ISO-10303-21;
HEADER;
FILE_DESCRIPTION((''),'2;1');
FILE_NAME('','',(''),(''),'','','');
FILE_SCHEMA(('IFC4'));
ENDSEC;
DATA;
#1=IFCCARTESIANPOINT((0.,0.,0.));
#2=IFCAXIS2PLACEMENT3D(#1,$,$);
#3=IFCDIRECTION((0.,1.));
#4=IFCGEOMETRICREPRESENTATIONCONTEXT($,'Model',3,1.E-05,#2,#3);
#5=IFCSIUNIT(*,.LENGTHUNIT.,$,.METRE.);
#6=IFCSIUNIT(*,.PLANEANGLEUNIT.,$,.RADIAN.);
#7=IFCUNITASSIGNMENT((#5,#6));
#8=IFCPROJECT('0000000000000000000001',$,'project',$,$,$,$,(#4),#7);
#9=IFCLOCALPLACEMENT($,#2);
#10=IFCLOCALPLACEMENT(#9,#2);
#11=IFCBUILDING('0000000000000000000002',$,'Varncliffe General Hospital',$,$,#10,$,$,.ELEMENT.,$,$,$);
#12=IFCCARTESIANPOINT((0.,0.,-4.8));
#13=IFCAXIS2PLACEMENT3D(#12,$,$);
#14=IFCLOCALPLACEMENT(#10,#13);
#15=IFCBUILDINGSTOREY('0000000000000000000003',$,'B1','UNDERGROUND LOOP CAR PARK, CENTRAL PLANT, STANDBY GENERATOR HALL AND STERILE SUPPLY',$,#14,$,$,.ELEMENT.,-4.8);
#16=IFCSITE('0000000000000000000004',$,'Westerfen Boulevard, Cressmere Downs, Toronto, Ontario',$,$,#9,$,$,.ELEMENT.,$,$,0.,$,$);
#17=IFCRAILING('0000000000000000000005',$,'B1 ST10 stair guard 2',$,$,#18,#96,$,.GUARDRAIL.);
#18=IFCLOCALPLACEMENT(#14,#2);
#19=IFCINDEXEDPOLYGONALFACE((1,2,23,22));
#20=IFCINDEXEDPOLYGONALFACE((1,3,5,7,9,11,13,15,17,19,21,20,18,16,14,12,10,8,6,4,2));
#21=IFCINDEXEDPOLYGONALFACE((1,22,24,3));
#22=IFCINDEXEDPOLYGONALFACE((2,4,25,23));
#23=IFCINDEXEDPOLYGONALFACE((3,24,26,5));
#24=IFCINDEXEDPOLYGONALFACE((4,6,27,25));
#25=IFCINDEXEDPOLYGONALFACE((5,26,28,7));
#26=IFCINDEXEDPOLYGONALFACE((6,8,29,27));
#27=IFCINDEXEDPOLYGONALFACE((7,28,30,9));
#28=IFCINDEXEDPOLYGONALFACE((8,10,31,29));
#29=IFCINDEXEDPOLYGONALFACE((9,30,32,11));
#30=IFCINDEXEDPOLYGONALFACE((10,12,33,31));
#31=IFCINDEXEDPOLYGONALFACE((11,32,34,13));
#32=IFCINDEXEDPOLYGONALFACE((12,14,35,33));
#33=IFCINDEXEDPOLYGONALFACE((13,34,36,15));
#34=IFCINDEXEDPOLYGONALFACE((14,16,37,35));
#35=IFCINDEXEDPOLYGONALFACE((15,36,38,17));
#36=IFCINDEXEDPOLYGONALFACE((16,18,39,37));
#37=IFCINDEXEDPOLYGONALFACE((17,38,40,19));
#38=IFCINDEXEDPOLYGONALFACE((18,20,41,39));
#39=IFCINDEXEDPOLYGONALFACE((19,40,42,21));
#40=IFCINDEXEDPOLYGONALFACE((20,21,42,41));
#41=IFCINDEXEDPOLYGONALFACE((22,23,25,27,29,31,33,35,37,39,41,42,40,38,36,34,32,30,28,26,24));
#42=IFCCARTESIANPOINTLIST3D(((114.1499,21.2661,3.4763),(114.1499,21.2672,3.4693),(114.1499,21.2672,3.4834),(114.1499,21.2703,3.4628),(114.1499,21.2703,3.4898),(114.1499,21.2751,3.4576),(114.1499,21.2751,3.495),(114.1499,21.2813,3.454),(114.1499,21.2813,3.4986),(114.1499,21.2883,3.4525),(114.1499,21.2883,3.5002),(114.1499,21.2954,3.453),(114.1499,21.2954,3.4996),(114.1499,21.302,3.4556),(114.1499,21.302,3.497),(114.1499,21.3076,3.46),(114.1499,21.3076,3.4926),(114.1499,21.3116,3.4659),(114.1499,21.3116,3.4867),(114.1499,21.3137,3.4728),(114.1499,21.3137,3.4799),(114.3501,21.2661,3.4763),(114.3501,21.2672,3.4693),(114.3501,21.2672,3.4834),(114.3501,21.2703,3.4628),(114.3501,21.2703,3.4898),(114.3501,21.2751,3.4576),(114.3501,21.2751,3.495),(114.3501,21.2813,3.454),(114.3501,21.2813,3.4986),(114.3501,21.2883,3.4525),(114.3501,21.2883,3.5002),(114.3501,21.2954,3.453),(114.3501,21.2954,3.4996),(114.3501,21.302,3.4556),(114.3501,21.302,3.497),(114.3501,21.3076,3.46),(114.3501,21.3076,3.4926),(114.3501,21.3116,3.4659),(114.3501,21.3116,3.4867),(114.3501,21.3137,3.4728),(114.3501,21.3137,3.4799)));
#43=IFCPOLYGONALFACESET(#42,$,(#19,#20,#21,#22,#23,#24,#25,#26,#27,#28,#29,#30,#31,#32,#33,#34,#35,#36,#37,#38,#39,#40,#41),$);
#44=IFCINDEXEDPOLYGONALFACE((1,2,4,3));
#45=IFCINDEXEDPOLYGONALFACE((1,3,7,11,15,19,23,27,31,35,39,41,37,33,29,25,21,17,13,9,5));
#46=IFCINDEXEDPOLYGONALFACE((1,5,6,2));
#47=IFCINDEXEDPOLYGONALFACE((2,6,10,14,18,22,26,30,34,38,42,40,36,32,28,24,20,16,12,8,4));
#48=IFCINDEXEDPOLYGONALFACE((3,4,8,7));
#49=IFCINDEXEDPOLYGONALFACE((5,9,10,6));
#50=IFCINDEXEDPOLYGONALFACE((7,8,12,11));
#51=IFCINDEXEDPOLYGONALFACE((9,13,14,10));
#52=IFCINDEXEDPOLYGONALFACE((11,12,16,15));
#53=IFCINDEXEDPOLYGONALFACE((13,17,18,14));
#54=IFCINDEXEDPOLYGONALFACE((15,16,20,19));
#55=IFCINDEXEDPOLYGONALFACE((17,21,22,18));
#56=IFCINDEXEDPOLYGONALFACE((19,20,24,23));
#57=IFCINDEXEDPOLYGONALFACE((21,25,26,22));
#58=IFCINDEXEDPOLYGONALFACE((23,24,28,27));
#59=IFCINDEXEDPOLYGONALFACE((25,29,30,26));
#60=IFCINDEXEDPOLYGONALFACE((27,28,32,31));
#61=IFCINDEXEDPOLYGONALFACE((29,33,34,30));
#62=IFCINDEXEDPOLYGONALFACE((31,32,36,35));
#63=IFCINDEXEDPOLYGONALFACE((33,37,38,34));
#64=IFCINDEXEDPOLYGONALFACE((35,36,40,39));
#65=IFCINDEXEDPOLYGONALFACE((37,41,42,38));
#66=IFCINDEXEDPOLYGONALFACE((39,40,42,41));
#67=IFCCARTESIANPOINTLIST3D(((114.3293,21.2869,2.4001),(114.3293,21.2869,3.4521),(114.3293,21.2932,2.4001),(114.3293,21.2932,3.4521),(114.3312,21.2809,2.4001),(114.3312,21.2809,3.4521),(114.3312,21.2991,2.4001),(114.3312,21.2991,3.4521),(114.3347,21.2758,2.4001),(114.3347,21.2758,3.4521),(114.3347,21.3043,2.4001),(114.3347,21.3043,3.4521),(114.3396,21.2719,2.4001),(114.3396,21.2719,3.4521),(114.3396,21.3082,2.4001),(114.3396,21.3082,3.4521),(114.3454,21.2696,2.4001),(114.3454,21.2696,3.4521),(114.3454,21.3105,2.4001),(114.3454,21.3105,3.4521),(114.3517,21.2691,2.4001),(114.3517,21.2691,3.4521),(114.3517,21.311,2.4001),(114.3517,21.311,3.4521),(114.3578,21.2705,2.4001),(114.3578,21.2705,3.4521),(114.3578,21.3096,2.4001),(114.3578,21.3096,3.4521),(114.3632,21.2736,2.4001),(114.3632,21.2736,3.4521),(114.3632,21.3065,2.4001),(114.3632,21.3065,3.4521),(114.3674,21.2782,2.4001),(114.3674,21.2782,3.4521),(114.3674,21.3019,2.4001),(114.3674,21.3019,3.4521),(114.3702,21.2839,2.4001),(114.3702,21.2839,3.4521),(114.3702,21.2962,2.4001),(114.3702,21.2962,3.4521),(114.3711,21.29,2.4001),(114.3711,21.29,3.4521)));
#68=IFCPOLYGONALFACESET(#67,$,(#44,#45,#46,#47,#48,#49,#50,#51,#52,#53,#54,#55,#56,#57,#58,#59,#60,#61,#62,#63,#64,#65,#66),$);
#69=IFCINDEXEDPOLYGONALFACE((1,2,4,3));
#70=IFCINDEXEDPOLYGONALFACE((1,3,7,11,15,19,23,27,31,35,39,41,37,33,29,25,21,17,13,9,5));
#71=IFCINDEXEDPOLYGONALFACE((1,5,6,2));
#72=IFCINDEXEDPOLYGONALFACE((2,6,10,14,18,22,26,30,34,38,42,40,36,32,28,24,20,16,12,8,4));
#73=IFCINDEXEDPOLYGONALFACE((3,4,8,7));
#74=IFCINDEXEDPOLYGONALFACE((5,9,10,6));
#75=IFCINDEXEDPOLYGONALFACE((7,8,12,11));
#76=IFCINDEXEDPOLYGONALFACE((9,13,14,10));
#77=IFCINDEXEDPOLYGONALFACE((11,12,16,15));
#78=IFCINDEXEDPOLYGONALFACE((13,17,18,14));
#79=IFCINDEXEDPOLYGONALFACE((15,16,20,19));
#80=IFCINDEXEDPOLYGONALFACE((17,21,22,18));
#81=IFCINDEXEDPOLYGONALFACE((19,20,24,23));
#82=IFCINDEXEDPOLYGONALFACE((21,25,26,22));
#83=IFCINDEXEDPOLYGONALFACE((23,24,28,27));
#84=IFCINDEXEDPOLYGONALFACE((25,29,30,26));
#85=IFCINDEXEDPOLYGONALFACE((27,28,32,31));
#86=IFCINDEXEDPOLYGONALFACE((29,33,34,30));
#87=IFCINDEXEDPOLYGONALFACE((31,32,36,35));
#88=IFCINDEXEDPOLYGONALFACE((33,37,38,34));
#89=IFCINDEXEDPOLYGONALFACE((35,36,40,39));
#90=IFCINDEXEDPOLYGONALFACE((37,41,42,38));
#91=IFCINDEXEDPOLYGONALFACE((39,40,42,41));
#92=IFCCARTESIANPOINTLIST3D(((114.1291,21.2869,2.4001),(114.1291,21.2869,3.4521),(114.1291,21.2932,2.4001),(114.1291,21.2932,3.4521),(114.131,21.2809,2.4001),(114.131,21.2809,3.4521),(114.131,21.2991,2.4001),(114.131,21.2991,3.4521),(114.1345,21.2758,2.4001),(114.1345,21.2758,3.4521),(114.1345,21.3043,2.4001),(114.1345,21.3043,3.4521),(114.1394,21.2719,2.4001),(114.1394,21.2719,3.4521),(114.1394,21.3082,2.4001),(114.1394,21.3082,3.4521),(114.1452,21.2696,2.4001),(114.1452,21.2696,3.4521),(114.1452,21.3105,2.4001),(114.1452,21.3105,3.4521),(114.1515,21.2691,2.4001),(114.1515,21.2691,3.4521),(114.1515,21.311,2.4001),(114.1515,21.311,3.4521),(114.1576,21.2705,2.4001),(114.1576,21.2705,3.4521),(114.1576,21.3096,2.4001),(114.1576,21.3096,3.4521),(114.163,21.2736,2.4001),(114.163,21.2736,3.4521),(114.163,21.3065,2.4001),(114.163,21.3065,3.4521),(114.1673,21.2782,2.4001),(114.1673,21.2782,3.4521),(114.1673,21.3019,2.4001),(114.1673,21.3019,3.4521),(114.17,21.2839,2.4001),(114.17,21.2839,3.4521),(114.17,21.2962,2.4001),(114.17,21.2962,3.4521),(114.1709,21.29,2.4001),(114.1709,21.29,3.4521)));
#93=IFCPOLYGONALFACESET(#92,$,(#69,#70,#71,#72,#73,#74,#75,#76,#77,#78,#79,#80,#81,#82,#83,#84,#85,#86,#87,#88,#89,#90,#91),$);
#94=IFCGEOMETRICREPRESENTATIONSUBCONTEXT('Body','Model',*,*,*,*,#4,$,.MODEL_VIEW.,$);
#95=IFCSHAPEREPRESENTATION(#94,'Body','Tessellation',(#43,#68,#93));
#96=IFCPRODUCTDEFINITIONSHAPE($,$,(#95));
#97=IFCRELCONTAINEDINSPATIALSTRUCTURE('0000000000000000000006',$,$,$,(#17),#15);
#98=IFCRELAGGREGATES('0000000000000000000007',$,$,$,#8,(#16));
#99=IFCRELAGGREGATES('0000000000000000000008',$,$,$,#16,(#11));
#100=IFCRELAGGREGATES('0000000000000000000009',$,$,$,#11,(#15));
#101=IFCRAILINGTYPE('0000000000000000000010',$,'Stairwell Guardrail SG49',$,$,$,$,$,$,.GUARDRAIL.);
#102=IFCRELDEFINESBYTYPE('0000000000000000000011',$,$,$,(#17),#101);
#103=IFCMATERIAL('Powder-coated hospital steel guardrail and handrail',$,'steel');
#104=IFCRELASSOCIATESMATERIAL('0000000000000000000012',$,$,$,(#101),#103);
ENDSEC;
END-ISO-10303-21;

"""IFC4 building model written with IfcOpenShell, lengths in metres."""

from ifc_helpers import new_model, si_unit, direction, frame, origin, origin_2d, place, context, subcontext, project, spatial, circle, extrude, material, type_object, element, save


model = new_model("IFC4")

# Units and contexts
model_context = context("Model", 3, precision=1e-05, world=origin(), true_north=direction((0.0, 1.0)))
body_context = subcontext(model_context, "Body", "Model", "MODEL_VIEW")
ifc_project = project(units=[si_unit("LENGTHUNIT", "METRE"), si_unit("PLANEANGLEUNIT", "RADIAN")], contexts=[model_context])

# Site, building, storey
site_placement = place(None, origin())
site = spatial("IfcSite", under=ifc_project, at=site_placement, Name="Westerfen Boulevard, Cressmere Downs, Toronto, Ontario", CompositionType="ELEMENT", RefElevation=0.0)
building_placement = place(site_placement, origin())
building = spatial("IfcBuilding", under=site, at=building_placement, Name="Varncliffe General Hospital", CompositionType="ELEMENT")
storey_placement = place(building_placement, frame((0.0, 0.0, -4.8)))
storey = spatial("IfcBuildingStorey", under=building, at=storey_placement, Name="B1", Description="UNDERGROUND LOOP CAR PARK, CENTRAL PLANT, STANDBY GENERATOR HALL AND STERILE SUPPLY", CompositionType="ELEMENT", Elevation=-4.8)

# Railing
ifc_material_1 = material(Name="Powder-coated hospital steel guardrail and handrail", Category="steel")
railing_type_1 = type_object("IfcRailingType", Name="Stairwell Guardrail SG49", PredefinedType="GUARDRAIL", material=ifc_material_1)
railing_1_placement = place(storey_placement, frame((114.3501, 21.29, 2.4001)))
element("IfcRailing", 1, at=railing_1_placement, inside=storey, type_object=railing_type_1, Name="B1 ST10 stair guard 2", PredefinedType="GUARDRAIL", context=body_context, shape_type="SweptSolid", body=[
    extrude(circle(Radius=0.0239, at=origin_2d()), frame((0.0, 0.0, 1.0762), z_axis=(-1.0, 0.0, 0.0), x_axis=(0.0, -1.0, 0.0)), (0.0, 0.0, 1.0), 0.2002),
    extrude(circle(Radius=0.021, at=origin_2d()), origin(), (0.0, 0.0, 1.0), 1.052),
    extrude(circle(Radius=0.021, at=origin_2d()), frame((-0.2002, 0.0, 0.0)), (0.0, 0.0, 1.0), 1.052),
])

save(model, "model.ifc")
